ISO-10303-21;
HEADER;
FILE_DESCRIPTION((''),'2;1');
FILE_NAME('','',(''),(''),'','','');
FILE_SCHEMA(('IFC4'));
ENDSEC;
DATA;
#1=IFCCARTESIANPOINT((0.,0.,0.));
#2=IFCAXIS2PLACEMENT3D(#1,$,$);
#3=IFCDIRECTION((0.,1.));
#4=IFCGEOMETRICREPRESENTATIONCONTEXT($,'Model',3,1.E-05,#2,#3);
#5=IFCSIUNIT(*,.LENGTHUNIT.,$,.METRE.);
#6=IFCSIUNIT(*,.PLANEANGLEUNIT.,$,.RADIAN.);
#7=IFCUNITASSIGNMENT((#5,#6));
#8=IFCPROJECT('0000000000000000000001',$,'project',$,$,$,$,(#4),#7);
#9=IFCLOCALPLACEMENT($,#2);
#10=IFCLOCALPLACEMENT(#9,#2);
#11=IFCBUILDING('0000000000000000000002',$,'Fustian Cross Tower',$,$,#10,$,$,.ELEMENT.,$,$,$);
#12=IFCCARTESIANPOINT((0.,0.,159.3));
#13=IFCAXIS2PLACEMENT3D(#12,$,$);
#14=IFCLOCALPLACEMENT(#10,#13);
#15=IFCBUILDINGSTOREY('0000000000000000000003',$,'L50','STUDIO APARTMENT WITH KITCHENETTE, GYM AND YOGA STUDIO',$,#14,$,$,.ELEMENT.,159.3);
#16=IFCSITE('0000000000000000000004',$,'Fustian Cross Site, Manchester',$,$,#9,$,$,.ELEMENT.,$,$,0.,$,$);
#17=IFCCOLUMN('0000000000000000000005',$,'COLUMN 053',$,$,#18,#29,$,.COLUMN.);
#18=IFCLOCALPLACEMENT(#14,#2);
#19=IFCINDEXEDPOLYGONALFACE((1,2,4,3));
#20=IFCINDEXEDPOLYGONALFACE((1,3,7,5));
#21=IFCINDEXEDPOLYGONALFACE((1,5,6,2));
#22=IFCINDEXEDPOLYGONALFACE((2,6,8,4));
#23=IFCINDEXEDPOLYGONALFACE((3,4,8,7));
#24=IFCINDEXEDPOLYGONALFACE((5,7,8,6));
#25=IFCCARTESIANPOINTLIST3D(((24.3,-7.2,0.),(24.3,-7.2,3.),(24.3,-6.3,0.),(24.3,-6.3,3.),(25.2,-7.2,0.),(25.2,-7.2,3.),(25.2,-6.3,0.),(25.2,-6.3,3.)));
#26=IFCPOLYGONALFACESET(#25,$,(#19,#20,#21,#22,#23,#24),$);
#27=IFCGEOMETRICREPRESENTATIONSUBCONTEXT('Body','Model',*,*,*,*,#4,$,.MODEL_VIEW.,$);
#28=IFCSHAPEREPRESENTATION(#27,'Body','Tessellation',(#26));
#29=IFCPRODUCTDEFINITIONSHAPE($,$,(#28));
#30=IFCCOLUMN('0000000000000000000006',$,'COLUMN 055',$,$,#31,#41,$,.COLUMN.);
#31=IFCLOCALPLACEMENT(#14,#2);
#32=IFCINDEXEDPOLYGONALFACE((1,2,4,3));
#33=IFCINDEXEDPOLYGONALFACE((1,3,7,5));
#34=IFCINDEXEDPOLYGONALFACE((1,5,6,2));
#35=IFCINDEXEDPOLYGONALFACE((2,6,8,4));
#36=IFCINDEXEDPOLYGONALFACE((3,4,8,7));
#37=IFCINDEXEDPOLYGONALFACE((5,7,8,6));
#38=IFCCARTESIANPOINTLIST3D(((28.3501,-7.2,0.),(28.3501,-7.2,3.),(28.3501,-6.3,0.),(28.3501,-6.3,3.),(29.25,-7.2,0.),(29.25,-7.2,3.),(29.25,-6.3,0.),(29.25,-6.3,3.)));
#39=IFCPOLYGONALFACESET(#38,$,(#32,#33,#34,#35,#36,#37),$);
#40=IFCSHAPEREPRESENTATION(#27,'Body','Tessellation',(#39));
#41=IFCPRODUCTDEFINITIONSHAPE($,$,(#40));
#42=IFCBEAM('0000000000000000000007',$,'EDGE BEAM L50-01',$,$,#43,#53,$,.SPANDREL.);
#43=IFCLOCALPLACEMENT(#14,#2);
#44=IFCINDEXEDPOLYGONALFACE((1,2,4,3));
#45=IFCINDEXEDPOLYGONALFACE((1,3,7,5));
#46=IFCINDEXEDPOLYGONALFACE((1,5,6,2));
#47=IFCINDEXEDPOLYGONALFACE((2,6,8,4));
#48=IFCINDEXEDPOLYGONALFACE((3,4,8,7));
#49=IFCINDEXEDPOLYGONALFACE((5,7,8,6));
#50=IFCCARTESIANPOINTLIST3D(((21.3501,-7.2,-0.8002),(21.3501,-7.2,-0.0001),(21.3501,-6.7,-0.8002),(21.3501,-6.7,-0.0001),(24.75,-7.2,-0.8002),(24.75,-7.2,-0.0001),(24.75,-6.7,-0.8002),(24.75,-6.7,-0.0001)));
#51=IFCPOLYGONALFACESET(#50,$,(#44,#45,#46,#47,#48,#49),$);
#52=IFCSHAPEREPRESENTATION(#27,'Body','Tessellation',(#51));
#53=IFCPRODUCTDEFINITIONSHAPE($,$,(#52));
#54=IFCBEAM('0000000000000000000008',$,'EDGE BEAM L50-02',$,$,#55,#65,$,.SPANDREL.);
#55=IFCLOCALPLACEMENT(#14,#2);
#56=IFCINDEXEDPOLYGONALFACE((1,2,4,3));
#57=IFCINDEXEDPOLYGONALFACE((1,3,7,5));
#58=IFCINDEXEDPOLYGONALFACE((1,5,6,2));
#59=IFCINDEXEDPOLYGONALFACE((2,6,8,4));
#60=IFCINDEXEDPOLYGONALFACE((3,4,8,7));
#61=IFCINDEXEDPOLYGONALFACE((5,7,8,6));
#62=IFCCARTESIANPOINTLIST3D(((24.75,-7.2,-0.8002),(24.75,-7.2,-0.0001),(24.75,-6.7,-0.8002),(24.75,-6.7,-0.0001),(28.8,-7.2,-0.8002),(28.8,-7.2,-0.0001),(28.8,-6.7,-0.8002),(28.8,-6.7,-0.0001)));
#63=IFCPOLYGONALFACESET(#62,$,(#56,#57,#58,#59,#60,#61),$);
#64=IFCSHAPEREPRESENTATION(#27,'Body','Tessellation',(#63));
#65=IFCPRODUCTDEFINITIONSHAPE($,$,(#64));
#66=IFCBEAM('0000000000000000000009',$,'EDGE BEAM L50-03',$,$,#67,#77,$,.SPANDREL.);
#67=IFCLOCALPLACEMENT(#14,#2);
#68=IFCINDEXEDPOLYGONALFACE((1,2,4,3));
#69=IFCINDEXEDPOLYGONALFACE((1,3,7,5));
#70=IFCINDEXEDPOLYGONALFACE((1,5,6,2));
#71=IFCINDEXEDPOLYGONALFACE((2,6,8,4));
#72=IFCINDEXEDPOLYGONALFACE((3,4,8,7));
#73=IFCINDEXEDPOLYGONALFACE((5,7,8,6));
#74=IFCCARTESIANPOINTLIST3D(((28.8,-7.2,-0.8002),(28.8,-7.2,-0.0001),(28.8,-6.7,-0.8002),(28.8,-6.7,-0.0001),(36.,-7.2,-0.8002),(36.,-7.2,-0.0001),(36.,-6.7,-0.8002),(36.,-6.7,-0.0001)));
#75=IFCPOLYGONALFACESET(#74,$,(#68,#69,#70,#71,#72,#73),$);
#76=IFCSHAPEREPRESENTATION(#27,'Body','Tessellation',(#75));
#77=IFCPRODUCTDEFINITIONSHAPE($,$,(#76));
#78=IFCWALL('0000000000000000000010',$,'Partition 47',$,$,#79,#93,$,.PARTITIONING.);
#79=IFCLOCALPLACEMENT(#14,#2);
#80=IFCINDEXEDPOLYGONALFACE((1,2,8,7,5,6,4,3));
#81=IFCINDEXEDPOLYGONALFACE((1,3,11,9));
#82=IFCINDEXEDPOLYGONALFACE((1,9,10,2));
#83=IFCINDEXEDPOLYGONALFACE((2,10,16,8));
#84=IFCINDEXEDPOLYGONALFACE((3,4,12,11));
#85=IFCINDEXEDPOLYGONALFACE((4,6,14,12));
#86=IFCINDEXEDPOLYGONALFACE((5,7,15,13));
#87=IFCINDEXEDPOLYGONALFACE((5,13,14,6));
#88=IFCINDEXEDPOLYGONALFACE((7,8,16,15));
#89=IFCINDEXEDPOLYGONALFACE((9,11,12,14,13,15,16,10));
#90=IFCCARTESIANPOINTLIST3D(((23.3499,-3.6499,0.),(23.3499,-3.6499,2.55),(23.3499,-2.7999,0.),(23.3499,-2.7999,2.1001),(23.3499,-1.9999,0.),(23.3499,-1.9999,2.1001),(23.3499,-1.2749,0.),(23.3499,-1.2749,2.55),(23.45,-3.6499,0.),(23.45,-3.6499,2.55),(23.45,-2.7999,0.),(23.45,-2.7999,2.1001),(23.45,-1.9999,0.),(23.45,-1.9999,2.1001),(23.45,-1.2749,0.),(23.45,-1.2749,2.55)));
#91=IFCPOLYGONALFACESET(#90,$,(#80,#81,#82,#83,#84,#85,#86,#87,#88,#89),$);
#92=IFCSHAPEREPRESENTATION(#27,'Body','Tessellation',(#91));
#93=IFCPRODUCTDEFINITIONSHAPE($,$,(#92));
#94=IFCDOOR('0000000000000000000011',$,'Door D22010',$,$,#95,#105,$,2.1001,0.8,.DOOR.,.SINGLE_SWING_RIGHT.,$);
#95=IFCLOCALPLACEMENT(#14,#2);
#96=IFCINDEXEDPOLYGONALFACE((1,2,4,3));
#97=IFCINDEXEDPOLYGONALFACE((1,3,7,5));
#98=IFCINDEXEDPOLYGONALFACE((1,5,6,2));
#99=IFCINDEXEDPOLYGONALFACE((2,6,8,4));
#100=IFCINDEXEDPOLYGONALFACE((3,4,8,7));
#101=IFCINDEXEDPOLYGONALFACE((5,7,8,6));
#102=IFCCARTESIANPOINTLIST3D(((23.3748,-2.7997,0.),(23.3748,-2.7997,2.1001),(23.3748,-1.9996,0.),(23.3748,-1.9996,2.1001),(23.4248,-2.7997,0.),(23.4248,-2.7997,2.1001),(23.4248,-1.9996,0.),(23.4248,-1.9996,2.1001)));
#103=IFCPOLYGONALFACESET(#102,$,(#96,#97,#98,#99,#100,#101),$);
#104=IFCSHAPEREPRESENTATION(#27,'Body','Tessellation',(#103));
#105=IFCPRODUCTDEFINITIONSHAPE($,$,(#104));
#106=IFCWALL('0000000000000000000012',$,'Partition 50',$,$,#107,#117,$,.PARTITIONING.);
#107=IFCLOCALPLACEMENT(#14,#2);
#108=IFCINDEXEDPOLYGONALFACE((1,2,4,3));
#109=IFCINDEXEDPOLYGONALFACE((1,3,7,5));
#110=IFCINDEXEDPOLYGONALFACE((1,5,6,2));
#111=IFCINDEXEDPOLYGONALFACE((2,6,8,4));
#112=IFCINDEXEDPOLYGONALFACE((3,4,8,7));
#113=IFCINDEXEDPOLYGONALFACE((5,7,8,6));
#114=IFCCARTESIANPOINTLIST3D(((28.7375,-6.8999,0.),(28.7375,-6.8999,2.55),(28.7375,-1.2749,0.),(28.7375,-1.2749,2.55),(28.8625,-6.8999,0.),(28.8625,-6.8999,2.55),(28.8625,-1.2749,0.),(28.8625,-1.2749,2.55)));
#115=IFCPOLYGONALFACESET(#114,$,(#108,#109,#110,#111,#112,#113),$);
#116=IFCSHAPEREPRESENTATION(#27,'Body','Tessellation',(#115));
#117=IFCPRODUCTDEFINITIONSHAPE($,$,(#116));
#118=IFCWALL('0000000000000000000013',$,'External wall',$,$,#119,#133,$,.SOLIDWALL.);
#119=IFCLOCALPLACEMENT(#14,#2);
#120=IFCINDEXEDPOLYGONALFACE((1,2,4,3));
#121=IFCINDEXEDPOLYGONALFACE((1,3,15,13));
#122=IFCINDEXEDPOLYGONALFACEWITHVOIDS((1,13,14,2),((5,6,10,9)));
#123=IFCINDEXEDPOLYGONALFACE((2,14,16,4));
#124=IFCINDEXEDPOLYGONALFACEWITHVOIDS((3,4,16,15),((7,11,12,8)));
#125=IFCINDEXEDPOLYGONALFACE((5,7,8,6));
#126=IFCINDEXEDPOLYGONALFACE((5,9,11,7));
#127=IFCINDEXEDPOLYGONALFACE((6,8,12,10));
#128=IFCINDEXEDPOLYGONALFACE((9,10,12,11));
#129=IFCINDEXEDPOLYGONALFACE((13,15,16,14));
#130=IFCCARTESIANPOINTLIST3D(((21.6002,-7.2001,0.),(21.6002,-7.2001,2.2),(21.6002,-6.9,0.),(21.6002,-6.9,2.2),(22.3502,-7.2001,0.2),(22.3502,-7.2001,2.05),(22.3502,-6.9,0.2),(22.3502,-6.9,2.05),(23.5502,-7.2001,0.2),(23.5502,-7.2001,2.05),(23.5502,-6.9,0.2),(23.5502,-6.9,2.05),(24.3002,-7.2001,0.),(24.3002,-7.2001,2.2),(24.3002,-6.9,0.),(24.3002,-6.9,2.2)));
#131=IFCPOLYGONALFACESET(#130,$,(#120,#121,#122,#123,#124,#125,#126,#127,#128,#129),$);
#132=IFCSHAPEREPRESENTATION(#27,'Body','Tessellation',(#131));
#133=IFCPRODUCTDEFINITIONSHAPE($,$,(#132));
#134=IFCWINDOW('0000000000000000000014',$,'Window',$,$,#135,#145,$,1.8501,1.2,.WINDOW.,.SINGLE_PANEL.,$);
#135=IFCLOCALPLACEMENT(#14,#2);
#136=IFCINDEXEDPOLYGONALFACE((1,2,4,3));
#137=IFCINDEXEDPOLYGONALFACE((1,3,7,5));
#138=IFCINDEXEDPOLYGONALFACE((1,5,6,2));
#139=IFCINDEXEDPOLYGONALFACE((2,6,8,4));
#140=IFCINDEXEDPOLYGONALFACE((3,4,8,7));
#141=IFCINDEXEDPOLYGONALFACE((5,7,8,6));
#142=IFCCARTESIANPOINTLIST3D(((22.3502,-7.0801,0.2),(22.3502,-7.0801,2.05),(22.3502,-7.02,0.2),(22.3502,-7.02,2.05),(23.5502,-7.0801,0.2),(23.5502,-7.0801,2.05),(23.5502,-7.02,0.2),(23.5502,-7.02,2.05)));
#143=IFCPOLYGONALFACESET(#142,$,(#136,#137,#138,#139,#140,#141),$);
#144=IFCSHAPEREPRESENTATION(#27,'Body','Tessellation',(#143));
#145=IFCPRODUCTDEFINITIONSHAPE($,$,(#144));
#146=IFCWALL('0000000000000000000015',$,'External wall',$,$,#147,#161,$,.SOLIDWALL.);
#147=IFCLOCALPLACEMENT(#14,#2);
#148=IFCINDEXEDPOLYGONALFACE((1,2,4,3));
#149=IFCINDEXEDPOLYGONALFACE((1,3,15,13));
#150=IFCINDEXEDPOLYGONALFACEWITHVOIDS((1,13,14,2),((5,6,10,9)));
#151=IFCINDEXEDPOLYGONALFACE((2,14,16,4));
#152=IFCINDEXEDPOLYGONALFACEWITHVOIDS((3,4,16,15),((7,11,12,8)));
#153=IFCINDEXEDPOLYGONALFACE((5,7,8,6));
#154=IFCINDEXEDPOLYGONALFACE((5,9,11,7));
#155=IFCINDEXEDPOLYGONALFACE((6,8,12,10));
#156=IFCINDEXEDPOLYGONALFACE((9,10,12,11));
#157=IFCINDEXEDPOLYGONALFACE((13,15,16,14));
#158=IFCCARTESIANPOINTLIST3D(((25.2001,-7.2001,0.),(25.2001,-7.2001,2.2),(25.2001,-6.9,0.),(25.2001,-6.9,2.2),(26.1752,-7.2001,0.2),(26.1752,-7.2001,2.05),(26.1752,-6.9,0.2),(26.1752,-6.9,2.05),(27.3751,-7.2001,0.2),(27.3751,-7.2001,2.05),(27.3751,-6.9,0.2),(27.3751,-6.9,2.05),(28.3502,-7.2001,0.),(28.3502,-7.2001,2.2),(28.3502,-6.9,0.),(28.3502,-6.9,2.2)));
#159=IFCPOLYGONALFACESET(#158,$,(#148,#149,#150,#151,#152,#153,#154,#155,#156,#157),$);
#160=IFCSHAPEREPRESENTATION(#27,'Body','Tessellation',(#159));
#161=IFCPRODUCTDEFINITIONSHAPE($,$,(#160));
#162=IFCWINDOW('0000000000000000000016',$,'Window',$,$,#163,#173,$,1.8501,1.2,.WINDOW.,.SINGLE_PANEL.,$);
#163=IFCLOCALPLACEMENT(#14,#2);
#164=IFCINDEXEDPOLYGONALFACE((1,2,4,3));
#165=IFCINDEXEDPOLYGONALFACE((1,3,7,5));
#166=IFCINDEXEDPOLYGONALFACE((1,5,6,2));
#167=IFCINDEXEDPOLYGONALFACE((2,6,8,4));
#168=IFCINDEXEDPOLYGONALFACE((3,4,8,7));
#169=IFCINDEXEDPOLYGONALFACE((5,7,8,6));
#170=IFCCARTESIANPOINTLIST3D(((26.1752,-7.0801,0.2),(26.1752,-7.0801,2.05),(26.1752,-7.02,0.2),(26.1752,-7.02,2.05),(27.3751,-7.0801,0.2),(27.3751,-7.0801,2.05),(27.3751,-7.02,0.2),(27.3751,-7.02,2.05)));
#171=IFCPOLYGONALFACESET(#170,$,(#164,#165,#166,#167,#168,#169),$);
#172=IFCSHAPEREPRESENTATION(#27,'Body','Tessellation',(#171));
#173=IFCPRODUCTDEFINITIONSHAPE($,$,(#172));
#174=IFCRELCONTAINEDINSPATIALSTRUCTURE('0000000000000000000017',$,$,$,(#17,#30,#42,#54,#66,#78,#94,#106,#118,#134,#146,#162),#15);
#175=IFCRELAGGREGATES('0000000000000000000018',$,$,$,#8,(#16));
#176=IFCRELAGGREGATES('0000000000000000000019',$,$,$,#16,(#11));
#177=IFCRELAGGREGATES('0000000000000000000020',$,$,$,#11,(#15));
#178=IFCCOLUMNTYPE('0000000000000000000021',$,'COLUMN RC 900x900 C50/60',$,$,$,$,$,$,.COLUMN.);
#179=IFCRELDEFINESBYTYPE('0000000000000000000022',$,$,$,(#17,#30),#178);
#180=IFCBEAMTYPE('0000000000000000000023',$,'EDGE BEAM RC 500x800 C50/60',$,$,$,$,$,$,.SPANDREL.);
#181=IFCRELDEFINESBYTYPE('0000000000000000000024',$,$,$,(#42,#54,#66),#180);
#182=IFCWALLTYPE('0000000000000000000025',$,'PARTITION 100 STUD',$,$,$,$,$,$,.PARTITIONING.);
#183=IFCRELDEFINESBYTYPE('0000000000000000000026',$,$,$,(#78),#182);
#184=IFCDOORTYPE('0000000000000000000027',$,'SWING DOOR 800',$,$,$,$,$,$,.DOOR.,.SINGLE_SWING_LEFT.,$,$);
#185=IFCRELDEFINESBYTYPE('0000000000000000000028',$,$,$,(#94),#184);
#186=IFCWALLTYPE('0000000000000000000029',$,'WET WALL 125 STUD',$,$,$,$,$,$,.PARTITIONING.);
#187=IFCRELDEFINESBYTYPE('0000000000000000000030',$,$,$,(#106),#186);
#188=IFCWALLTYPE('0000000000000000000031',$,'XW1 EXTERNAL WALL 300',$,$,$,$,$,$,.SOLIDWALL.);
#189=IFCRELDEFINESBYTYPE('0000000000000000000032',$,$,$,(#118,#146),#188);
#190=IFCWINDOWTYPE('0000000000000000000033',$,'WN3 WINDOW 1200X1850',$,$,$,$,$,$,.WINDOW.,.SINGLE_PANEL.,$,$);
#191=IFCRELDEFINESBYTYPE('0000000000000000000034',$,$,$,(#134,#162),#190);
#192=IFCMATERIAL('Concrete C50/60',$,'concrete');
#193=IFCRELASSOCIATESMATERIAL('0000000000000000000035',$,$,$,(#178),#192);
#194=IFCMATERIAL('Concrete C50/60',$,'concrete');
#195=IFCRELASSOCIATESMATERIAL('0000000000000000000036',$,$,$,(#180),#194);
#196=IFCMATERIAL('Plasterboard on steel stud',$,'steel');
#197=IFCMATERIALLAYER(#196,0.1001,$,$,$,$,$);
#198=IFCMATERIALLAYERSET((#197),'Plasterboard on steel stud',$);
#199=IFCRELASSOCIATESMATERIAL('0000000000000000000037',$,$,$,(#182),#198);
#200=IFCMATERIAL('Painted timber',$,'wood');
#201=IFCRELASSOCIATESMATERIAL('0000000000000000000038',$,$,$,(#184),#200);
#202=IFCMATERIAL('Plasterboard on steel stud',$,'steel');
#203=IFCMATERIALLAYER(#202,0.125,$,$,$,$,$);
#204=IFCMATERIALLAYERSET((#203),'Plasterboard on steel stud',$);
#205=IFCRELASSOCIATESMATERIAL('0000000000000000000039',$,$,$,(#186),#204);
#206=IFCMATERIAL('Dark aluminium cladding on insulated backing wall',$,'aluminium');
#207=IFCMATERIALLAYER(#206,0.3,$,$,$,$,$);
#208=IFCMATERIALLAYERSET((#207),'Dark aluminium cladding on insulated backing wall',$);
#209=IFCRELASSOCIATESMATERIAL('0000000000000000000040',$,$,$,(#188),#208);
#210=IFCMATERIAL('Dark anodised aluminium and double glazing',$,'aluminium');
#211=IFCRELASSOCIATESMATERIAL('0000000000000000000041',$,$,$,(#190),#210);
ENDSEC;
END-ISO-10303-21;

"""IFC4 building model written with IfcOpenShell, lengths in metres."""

from ifc_helpers import new_model, si_unit, direction, frame, frame_2d, origin, origin_2d, place, context, subcontext, project, spatial, rectangle, extrude, material, layer, layer_set, material_profile, profile_set, type_object, element, fill, save


model = new_model("IFC4")

# Units and contexts
model_context = context("Model", 3, precision=1e-05, world=origin(), true_north=direction((0.0, 1.0)))
body_context = subcontext(model_context, "Body", "Model", "MODEL_VIEW")
ifc_project = project(units=[si_unit("LENGTHUNIT", "METRE"), si_unit("PLANEANGLEUNIT", "RADIAN")], contexts=[model_context])

# Site, building, storey
site_placement = place(None, origin())
site = spatial("IfcSite", under=ifc_project, at=site_placement, Name="Fustian Cross Site, Manchester", CompositionType="ELEMENT", RefElevation=0.0)
building_placement = place(site_placement, origin())
building = spatial("IfcBuilding", under=site, at=building_placement, Name="Fustian Cross Tower", CompositionType="ELEMENT")
storey_placement = place(building_placement, frame((0.0, 0.0, 159.3)))
storey = spatial("IfcBuildingStorey", under=building, at=storey_placement, Name="L50", Description="STUDIO APARTMENT WITH KITCHENETTE, GYM AND YOGA STUDIO", CompositionType="ELEMENT", Elevation=159.3)

# Columns
ifc_material_1 = material(Name="Concrete C50/60", Category="concrete")
ifc_material_profile_1 = material_profile(ifc_material_1, rectangle(XDim=0.8999, YDim=0.8999, at=origin_2d()), Name="RC 900x900")
ifc_profile_set_1 = profile_set([ifc_material_profile_1], Name="Concrete C50/60")
column_type = type_object("IfcColumnType", Name="COLUMN RC 900x900 C50/60", PredefinedType="COLUMN", material=ifc_profile_set_1)
for number, where, z_axis, x_axis, name in (
    (1, (24.75, -6.75, 0.0), (0.0, 0.0, 1.0), (1.0, 0.0, 0.0), "COLUMN 053"),
    (2, (28.8, -6.75, 0.0), (0.0, 0.0, 1.0), (1.0, 0.0, 0.0), "COLUMN 055"),
):
    element("IfcColumn", number, at=place(storey_placement, frame(where, z_axis=z_axis, x_axis=x_axis)), inside=storey, type_object=column_type, Name=name, PredefinedType="COLUMN", context=body_context, shape_type="SweptSolid", body=[
        extrude(rectangle(XDim=0.8999, YDim=0.8999, at=origin_2d()), origin(), (0.0, 0.0, 1.0), 3.0),
    ])

# Beams
ifc_material_2 = material(Name="Concrete C50/60", Category="concrete")
ifc_material_profile_2 = material_profile(ifc_material_2, rectangle(XDim=0.5, YDim=0.8, at=origin_2d()), Name="RC 500x800")
ifc_profile_set_2 = profile_set([ifc_material_profile_2], Name="Concrete C50/60")
beam_type = type_object("IfcBeamType", Name="EDGE BEAM RC 500x800 C50/60", PredefinedType="SPANDREL", material=ifc_profile_set_2)
beam_1_placement = place(storey_placement, frame((21.3501, -6.95, -0.4001), z_axis=(1.0, 0.0, 0.0), x_axis=(0.0, 1.0, 0.0)))
element("IfcBeam", 3, at=beam_1_placement, inside=storey, type_object=beam_type, Name="EDGE BEAM L50-01", PredefinedType="SPANDREL", context=body_context, shape_type="SweptSolid", body=[
    extrude(rectangle(XDim=0.5, YDim=0.8, at=origin_2d()), origin(), (0.0, 0.0, 1.0), 3.3999),
])
beam_2_placement = place(storey_placement, frame((24.75, -6.95, -0.4001), z_axis=(1.0, 0.0, 0.0), x_axis=(0.0, 1.0, 0.0)))
element("IfcBeam", 4, at=beam_2_placement, inside=storey, type_object=beam_type, Name="EDGE BEAM L50-02", PredefinedType="SPANDREL", context=body_context, shape_type="SweptSolid", body=[
    extrude(rectangle(XDim=0.5, YDim=0.8, at=origin_2d()), origin(), (0.0, 0.0, 1.0), 4.05),
])
beam_3_placement = place(storey_placement, frame((28.8, -6.95, -0.4001), z_axis=(1.0, 0.0, 0.0), x_axis=(0.0, 1.0, 0.0)))
element("IfcBeam", 5, at=beam_3_placement, inside=storey, type_object=beam_type, Name="EDGE BEAM L50-03", PredefinedType="SPANDREL", context=body_context, shape_type="SweptSolid", body=[
    extrude(rectangle(XDim=0.5, YDim=0.8, at=origin_2d()), origin(), (0.0, 0.0, 1.0), 7.2),
])

# Wall, opening, door
ifc_material_3 = material(Name="Plasterboard on steel stud", Category="steel")
ifc_layer_1 = layer(ifc_material_3, 0.1001)
ifc_layer_set_1 = layer_set([ifc_layer_1], Name="Plasterboard on steel stud")
wall_type_1 = type_object("IfcWallType", Name="PARTITION 100 STUD", PredefinedType="PARTITIONING", material=ifc_layer_set_1)
wall_1_placement = place(storey_placement, frame((23.3999, -3.6499, 0.0), z_axis=(0.0, 0.0, 1.0), x_axis=(0.0, 1.0, 0.0)))
wall_1 = element("IfcWall", 6, at=wall_1_placement, inside=storey, type_object=wall_type_1, Name="Partition 47", PredefinedType="PARTITIONING", context=body_context, shape_type="SweptSolid", body=[
    extrude(rectangle(XDim=2.375, YDim=0.1001, at=frame_2d((1.1875, 0.0))), origin(), (0.0, 0.0, 1.0), 2.55),
])
opening_1_placement = place(wall_1_placement, frame((0.8501, 0.0, 0.0)))
opening_1 = element("IfcOpeningElement", 7, at=opening_1_placement, cuts=wall_1, PredefinedType="OPENING", context=body_context, shape_type="SweptSolid", body=[
    extrude(rectangle(XDim=0.8, YDim=2.1001, at=frame_2d((0.3999, 1.05))), frame((0.0, 0.0601, 0.0), z_axis=(0.0, -1.0, 0.0), x_axis=(1.0, 0.0, 0.0)), (0.0, 0.0, 1.0), 0.1201),
])
ifc_material_4 = material(Name="Painted timber", Category="wood")
door_type = type_object("IfcDoorType", Name="SWING DOOR 800", OperationType="SINGLE_SWING_LEFT", PredefinedType="DOOR", material=ifc_material_4)
door_placement = place(opening_1_placement, frame((0.8, 0.0, 0.0), z_axis=(0.0, 0.0, 1.0), x_axis=(-1.0, 0.0, 0.0)))
door = element("IfcDoor", 8, at=door_placement, inside=storey, type_object=door_type, Name="Door D22010", OperationType="SINGLE_SWING_RIGHT", OverallHeight=2.1001, OverallWidth=0.8, PredefinedType="DOOR", context=body_context, shape_type="SweptSolid", body=[
    extrude(rectangle(XDim=0.8, YDim=2.1001, at=frame_2d((0.3999, 1.05))), frame((0.0, 0.0249, 0.0), z_axis=(0.0, -1.0, 0.0), x_axis=(1.0, 0.0, 0.0)), (0.0, 0.0, 1.0), 0.05),
])
fill(opening_1, door)

# Wall
ifc_material_5 = material(Name="Plasterboard on steel stud", Category="steel")
ifc_layer_2 = layer(ifc_material_5, 0.125)
ifc_layer_set_2 = layer_set([ifc_layer_2], Name="Plasterboard on steel stud")
wall_type_2 = type_object("IfcWallType", Name="WET WALL 125 STUD", PredefinedType="PARTITIONING", material=ifc_layer_set_2)
wall_2_placement = place(storey_placement, frame((28.8, -6.8999, 0.0), z_axis=(0.0, 0.0, 1.0), x_axis=(0.0, 1.0, 0.0)))
element("IfcWall", 9, at=wall_2_placement, inside=storey, type_object=wall_type_2, Name="Partition 50", PredefinedType="PARTITIONING", context=body_context, shape_type="SweptSolid", body=[
    extrude(rectangle(XDim=5.625, YDim=0.125, at=frame_2d((2.8125, 0.0))), origin(), (0.0, 0.0, 1.0), 2.55),
])

# Walls, openings, windows
ifc_material_6 = material(Name="Dark aluminium cladding on insulated backing wall", Category="aluminium")
ifc_layer_3 = layer(ifc_material_6, 0.3)
ifc_layer_set_3 = layer_set([ifc_layer_3], Name="Dark aluminium cladding on insulated backing wall")
wall_type_3 = type_object("IfcWallType", Name="XW1 EXTERNAL WALL 300", PredefinedType="SOLIDWALL", material=ifc_layer_set_3)
wall_3_placement = place(storey_placement, frame((21.6001, -7.05, 0.0), z_axis=(0.0, 0.0, 1.0), x_axis=(1.0, 0.0, 0.0)))
wall_3 = element("IfcWall", 10, at=wall_3_placement, inside=storey, type_object=wall_type_3, Name="External wall", PredefinedType="SOLIDWALL", context=body_context, shape_type="SweptSolid", body=[
    extrude(rectangle(XDim=2.7, YDim=0.3, at=frame_2d((1.3501, 0.0))), origin(), (0.0, 0.0, 1.0), 2.2),
])
opening_2_placement = place(wall_3_placement, frame((0.75, 0.0, 0.2)))
opening_2 = element("IfcOpeningElement", 11, at=opening_2_placement, cuts=wall_3, PredefinedType="OPENING", context=body_context, shape_type="SweptSolid", body=[
    extrude(rectangle(XDim=1.2, YDim=1.8501, at=frame_2d((0.6001, 0.925))), frame((0.0, 0.1599, 0.0), z_axis=(0.0, -1.0, 0.0), x_axis=(1.0, 0.0, 0.0)), (0.0, 0.0, 1.0), 0.3201),
])
ifc_material_7 = material(Name="Dark anodised aluminium and double glazing", Category="aluminium")
window_type = type_object("IfcWindowType", Name="WN3 WINDOW 1200X1850", PartitioningType="SINGLE_PANEL", PredefinedType="WINDOW", material=ifc_material_7)
window_1_placement = place(opening_2_placement, origin())
window_1 = element("IfcWindow", 12, at=window_1_placement, inside=storey, type_object=window_type, Name="Window", OverallHeight=1.8501, OverallWidth=1.2, PartitioningType="SINGLE_PANEL", PredefinedType="WINDOW", context=body_context, shape_type="SweptSolid", body=[
    extrude(rectangle(XDim=1.2, YDim=1.8501, at=frame_2d((0.6001, 0.925))), frame((0.0, 0.03, 0.0), z_axis=(0.0, -1.0, 0.0), x_axis=(1.0, 0.0, 0.0)), (0.0, 0.0, 1.0), 0.0601),
])
fill(opening_2, window_1)
wall_4_placement = place(storey_placement, frame((25.2, -7.05, 0.0), z_axis=(0.0, 0.0, 1.0), x_axis=(1.0, 0.0, 0.0)))
wall_4 = element("IfcWall", 13, at=wall_4_placement, inside=storey, type_object=wall_type_3, Name="External wall", PredefinedType="SOLIDWALL", context=body_context, shape_type="SweptSolid", body=[
    extrude(rectangle(XDim=3.1501, YDim=0.3, at=frame_2d((1.5752, 0.0))), origin(), (0.0, 0.0, 1.0), 2.2),
])
opening_3_placement = place(wall_4_placement, frame((0.9751, 0.0, 0.2)))
opening_3 = element("IfcOpeningElement", 14, at=opening_3_placement, cuts=wall_4, PredefinedType="OPENING", context=body_context, shape_type="SweptSolid", body=[
    extrude(rectangle(XDim=1.2, YDim=1.8501, at=frame_2d((0.6001, 0.925))), frame((0.0, 0.1599, 0.0), z_axis=(0.0, -1.0, 0.0), x_axis=(1.0, 0.0, 0.0)), (0.0, 0.0, 1.0), 0.3201),
])
window_2_placement = place(opening_3_placement, origin())
window_2 = element("IfcWindow", 15, at=window_2_placement, inside=storey, type_object=window_type, Name="Window", OverallHeight=1.8501, OverallWidth=1.2, PartitioningType="SINGLE_PANEL", PredefinedType="WINDOW", context=body_context, shape_type="SweptSolid", body=[
    extrude(rectangle(XDim=1.2, YDim=1.8501, at=frame_2d((0.6001, 0.925))), frame((0.0, 0.03, 0.0), z_axis=(0.0, -1.0, 0.0), x_axis=(1.0, 0.0, 0.0)), (0.0, 0.0, 1.0), 0.0601),
])
fill(opening_3, window_2)

save(model, "model.ifc")
